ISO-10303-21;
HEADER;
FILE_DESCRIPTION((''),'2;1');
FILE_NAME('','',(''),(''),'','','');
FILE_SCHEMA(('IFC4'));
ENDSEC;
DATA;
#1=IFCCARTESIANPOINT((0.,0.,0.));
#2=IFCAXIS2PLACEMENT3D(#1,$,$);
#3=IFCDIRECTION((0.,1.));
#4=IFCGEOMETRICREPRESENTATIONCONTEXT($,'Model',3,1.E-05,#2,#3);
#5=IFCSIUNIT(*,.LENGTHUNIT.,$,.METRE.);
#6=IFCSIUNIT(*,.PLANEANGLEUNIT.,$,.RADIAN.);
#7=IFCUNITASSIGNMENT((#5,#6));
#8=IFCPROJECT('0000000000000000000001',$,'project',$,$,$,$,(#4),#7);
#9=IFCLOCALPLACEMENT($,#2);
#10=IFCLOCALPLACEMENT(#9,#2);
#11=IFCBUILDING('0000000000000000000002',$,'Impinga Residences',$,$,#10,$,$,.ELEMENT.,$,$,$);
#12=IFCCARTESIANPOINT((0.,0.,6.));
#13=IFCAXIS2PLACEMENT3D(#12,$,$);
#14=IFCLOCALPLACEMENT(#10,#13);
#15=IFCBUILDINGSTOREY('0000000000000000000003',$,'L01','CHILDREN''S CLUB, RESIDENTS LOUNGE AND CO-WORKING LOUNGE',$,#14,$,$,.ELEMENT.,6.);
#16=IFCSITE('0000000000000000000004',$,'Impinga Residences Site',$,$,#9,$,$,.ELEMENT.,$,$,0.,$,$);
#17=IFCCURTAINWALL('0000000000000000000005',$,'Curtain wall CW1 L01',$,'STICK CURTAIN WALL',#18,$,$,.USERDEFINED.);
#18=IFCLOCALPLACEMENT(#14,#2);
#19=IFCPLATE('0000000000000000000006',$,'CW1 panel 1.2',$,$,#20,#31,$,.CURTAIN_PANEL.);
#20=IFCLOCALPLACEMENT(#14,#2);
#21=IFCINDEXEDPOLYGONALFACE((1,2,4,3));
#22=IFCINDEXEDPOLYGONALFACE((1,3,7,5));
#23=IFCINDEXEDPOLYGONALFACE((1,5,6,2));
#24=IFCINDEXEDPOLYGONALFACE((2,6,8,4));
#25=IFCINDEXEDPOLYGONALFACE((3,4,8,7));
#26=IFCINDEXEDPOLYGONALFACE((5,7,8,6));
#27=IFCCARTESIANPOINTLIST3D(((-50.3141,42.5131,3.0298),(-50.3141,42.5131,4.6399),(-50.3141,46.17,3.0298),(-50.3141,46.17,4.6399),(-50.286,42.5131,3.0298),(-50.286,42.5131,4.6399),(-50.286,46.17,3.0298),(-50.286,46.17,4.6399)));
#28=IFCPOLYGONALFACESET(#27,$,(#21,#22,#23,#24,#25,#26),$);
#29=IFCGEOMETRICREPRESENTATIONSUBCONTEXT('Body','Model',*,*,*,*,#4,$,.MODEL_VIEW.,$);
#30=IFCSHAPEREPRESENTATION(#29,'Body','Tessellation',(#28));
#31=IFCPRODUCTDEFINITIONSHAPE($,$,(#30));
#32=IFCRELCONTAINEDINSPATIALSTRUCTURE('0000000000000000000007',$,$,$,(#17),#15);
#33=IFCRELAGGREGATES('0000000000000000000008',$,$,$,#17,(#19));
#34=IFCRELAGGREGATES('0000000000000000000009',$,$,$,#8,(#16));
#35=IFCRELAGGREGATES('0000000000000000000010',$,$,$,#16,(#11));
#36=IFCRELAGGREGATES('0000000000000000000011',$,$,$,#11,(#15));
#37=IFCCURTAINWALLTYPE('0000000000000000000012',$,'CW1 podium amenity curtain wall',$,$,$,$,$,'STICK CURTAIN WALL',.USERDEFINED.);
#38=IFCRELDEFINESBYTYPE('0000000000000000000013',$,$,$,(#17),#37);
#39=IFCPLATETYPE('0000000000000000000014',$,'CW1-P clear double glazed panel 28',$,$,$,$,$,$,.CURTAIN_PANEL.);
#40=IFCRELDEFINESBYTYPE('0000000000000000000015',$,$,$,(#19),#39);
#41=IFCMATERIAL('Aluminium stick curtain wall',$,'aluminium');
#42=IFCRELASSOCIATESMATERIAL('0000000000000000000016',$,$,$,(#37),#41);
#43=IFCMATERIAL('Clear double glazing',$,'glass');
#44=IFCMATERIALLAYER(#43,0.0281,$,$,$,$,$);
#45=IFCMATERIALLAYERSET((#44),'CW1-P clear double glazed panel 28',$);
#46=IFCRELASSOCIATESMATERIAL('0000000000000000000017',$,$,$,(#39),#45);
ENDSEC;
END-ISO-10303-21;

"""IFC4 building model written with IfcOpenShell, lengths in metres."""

from ifc_helpers import new_model, si_unit, direction, frame, origin, origin_2d, place, context, subcontext, project, spatial, rectangle, extrude, material, layer, layer_set, type_object, element, aggregate, save


model = new_model("IFC4")

# Units and contexts
model_context = context("Model", 3, precision=1e-05, world=origin(), true_north=direction((0.0, 1.0)))
body_context = subcontext(model_context, "Body", "Model", "MODEL_VIEW")
ifc_project = project(units=[si_unit("LENGTHUNIT", "METRE"), si_unit("PLANEANGLEUNIT", "RADIAN")], contexts=[model_context])

# Site, building, storey
site_placement = place(None, origin())
site = spatial("IfcSite", under=ifc_project, at=site_placement, Name="Impinga Residences Site", CompositionType="ELEMENT", RefElevation=0.0)
building_placement = place(site_placement, origin())
building = spatial("IfcBuilding", under=site, at=building_placement, Name="Impinga Residences", CompositionType="ELEMENT")
storey_placement = place(building_placement, frame((0.0, 0.0, 6.0)))
storey = spatial("IfcBuildingStorey", under=building, at=storey_placement, Name="L01", Description="CHILDREN'S CLUB, RESIDENTS LOUNGE AND CO-WORKING LOUNGE", CompositionType="ELEMENT", Elevation=6.0)

# Curtain wall
ifc_material_1 = material(Name="Aluminium stick curtain wall", Category="aluminium")
curtain_wall_type = type_object("IfcCurtainWallType", Name="CW1 podium amenity curtain wall", ElementType="STICK CURTAIN WALL", PredefinedType="USERDEFINED", material=ifc_material_1)
curtain_wall_1_placement = place(storey_placement, origin())
curtain_wall_1 = element("IfcCurtainWall", 1, at=curtain_wall_1_placement, inside=storey, type_object=curtain_wall_type, Name="Curtain wall CW1 L01", ObjectType="STICK CURTAIN WALL", PredefinedType="USERDEFINED")

# Plate
ifc_material_2 = material(Name="Clear double glazing", Category="glass")
ifc_layer = layer(ifc_material_2, 0.0281)
ifc_layer_set = layer_set([ifc_layer], Name="CW1-P clear double glazed panel 28")
plate_type = type_object("IfcPlateType", Name="CW1-P clear double glazed panel 28", PredefinedType="CURTAIN_PANEL", material=ifc_layer_set)
plate_1_placement = place(storey_placement, frame((-50.3, 44.3416, 3.0298), z_axis=(0.0, 0.0, 1.0), x_axis=(0.0, 1.0, 0.0)))
plate_1 = element("IfcPlate", 2, at=plate_1_placement, type_object=plate_type, Name="CW1 panel 1.2", PredefinedType="CURTAIN_PANEL", context=body_context, shape_type="SweptSolid", body=[
    extrude(rectangle(XDim=3.657, YDim=0.0281, at=origin_2d()), origin(), (0.0, 0.0, 1.0), 1.6101),
])
aggregate(curtain_wall_1, [plate_1])

save(model, "model.ifc")
